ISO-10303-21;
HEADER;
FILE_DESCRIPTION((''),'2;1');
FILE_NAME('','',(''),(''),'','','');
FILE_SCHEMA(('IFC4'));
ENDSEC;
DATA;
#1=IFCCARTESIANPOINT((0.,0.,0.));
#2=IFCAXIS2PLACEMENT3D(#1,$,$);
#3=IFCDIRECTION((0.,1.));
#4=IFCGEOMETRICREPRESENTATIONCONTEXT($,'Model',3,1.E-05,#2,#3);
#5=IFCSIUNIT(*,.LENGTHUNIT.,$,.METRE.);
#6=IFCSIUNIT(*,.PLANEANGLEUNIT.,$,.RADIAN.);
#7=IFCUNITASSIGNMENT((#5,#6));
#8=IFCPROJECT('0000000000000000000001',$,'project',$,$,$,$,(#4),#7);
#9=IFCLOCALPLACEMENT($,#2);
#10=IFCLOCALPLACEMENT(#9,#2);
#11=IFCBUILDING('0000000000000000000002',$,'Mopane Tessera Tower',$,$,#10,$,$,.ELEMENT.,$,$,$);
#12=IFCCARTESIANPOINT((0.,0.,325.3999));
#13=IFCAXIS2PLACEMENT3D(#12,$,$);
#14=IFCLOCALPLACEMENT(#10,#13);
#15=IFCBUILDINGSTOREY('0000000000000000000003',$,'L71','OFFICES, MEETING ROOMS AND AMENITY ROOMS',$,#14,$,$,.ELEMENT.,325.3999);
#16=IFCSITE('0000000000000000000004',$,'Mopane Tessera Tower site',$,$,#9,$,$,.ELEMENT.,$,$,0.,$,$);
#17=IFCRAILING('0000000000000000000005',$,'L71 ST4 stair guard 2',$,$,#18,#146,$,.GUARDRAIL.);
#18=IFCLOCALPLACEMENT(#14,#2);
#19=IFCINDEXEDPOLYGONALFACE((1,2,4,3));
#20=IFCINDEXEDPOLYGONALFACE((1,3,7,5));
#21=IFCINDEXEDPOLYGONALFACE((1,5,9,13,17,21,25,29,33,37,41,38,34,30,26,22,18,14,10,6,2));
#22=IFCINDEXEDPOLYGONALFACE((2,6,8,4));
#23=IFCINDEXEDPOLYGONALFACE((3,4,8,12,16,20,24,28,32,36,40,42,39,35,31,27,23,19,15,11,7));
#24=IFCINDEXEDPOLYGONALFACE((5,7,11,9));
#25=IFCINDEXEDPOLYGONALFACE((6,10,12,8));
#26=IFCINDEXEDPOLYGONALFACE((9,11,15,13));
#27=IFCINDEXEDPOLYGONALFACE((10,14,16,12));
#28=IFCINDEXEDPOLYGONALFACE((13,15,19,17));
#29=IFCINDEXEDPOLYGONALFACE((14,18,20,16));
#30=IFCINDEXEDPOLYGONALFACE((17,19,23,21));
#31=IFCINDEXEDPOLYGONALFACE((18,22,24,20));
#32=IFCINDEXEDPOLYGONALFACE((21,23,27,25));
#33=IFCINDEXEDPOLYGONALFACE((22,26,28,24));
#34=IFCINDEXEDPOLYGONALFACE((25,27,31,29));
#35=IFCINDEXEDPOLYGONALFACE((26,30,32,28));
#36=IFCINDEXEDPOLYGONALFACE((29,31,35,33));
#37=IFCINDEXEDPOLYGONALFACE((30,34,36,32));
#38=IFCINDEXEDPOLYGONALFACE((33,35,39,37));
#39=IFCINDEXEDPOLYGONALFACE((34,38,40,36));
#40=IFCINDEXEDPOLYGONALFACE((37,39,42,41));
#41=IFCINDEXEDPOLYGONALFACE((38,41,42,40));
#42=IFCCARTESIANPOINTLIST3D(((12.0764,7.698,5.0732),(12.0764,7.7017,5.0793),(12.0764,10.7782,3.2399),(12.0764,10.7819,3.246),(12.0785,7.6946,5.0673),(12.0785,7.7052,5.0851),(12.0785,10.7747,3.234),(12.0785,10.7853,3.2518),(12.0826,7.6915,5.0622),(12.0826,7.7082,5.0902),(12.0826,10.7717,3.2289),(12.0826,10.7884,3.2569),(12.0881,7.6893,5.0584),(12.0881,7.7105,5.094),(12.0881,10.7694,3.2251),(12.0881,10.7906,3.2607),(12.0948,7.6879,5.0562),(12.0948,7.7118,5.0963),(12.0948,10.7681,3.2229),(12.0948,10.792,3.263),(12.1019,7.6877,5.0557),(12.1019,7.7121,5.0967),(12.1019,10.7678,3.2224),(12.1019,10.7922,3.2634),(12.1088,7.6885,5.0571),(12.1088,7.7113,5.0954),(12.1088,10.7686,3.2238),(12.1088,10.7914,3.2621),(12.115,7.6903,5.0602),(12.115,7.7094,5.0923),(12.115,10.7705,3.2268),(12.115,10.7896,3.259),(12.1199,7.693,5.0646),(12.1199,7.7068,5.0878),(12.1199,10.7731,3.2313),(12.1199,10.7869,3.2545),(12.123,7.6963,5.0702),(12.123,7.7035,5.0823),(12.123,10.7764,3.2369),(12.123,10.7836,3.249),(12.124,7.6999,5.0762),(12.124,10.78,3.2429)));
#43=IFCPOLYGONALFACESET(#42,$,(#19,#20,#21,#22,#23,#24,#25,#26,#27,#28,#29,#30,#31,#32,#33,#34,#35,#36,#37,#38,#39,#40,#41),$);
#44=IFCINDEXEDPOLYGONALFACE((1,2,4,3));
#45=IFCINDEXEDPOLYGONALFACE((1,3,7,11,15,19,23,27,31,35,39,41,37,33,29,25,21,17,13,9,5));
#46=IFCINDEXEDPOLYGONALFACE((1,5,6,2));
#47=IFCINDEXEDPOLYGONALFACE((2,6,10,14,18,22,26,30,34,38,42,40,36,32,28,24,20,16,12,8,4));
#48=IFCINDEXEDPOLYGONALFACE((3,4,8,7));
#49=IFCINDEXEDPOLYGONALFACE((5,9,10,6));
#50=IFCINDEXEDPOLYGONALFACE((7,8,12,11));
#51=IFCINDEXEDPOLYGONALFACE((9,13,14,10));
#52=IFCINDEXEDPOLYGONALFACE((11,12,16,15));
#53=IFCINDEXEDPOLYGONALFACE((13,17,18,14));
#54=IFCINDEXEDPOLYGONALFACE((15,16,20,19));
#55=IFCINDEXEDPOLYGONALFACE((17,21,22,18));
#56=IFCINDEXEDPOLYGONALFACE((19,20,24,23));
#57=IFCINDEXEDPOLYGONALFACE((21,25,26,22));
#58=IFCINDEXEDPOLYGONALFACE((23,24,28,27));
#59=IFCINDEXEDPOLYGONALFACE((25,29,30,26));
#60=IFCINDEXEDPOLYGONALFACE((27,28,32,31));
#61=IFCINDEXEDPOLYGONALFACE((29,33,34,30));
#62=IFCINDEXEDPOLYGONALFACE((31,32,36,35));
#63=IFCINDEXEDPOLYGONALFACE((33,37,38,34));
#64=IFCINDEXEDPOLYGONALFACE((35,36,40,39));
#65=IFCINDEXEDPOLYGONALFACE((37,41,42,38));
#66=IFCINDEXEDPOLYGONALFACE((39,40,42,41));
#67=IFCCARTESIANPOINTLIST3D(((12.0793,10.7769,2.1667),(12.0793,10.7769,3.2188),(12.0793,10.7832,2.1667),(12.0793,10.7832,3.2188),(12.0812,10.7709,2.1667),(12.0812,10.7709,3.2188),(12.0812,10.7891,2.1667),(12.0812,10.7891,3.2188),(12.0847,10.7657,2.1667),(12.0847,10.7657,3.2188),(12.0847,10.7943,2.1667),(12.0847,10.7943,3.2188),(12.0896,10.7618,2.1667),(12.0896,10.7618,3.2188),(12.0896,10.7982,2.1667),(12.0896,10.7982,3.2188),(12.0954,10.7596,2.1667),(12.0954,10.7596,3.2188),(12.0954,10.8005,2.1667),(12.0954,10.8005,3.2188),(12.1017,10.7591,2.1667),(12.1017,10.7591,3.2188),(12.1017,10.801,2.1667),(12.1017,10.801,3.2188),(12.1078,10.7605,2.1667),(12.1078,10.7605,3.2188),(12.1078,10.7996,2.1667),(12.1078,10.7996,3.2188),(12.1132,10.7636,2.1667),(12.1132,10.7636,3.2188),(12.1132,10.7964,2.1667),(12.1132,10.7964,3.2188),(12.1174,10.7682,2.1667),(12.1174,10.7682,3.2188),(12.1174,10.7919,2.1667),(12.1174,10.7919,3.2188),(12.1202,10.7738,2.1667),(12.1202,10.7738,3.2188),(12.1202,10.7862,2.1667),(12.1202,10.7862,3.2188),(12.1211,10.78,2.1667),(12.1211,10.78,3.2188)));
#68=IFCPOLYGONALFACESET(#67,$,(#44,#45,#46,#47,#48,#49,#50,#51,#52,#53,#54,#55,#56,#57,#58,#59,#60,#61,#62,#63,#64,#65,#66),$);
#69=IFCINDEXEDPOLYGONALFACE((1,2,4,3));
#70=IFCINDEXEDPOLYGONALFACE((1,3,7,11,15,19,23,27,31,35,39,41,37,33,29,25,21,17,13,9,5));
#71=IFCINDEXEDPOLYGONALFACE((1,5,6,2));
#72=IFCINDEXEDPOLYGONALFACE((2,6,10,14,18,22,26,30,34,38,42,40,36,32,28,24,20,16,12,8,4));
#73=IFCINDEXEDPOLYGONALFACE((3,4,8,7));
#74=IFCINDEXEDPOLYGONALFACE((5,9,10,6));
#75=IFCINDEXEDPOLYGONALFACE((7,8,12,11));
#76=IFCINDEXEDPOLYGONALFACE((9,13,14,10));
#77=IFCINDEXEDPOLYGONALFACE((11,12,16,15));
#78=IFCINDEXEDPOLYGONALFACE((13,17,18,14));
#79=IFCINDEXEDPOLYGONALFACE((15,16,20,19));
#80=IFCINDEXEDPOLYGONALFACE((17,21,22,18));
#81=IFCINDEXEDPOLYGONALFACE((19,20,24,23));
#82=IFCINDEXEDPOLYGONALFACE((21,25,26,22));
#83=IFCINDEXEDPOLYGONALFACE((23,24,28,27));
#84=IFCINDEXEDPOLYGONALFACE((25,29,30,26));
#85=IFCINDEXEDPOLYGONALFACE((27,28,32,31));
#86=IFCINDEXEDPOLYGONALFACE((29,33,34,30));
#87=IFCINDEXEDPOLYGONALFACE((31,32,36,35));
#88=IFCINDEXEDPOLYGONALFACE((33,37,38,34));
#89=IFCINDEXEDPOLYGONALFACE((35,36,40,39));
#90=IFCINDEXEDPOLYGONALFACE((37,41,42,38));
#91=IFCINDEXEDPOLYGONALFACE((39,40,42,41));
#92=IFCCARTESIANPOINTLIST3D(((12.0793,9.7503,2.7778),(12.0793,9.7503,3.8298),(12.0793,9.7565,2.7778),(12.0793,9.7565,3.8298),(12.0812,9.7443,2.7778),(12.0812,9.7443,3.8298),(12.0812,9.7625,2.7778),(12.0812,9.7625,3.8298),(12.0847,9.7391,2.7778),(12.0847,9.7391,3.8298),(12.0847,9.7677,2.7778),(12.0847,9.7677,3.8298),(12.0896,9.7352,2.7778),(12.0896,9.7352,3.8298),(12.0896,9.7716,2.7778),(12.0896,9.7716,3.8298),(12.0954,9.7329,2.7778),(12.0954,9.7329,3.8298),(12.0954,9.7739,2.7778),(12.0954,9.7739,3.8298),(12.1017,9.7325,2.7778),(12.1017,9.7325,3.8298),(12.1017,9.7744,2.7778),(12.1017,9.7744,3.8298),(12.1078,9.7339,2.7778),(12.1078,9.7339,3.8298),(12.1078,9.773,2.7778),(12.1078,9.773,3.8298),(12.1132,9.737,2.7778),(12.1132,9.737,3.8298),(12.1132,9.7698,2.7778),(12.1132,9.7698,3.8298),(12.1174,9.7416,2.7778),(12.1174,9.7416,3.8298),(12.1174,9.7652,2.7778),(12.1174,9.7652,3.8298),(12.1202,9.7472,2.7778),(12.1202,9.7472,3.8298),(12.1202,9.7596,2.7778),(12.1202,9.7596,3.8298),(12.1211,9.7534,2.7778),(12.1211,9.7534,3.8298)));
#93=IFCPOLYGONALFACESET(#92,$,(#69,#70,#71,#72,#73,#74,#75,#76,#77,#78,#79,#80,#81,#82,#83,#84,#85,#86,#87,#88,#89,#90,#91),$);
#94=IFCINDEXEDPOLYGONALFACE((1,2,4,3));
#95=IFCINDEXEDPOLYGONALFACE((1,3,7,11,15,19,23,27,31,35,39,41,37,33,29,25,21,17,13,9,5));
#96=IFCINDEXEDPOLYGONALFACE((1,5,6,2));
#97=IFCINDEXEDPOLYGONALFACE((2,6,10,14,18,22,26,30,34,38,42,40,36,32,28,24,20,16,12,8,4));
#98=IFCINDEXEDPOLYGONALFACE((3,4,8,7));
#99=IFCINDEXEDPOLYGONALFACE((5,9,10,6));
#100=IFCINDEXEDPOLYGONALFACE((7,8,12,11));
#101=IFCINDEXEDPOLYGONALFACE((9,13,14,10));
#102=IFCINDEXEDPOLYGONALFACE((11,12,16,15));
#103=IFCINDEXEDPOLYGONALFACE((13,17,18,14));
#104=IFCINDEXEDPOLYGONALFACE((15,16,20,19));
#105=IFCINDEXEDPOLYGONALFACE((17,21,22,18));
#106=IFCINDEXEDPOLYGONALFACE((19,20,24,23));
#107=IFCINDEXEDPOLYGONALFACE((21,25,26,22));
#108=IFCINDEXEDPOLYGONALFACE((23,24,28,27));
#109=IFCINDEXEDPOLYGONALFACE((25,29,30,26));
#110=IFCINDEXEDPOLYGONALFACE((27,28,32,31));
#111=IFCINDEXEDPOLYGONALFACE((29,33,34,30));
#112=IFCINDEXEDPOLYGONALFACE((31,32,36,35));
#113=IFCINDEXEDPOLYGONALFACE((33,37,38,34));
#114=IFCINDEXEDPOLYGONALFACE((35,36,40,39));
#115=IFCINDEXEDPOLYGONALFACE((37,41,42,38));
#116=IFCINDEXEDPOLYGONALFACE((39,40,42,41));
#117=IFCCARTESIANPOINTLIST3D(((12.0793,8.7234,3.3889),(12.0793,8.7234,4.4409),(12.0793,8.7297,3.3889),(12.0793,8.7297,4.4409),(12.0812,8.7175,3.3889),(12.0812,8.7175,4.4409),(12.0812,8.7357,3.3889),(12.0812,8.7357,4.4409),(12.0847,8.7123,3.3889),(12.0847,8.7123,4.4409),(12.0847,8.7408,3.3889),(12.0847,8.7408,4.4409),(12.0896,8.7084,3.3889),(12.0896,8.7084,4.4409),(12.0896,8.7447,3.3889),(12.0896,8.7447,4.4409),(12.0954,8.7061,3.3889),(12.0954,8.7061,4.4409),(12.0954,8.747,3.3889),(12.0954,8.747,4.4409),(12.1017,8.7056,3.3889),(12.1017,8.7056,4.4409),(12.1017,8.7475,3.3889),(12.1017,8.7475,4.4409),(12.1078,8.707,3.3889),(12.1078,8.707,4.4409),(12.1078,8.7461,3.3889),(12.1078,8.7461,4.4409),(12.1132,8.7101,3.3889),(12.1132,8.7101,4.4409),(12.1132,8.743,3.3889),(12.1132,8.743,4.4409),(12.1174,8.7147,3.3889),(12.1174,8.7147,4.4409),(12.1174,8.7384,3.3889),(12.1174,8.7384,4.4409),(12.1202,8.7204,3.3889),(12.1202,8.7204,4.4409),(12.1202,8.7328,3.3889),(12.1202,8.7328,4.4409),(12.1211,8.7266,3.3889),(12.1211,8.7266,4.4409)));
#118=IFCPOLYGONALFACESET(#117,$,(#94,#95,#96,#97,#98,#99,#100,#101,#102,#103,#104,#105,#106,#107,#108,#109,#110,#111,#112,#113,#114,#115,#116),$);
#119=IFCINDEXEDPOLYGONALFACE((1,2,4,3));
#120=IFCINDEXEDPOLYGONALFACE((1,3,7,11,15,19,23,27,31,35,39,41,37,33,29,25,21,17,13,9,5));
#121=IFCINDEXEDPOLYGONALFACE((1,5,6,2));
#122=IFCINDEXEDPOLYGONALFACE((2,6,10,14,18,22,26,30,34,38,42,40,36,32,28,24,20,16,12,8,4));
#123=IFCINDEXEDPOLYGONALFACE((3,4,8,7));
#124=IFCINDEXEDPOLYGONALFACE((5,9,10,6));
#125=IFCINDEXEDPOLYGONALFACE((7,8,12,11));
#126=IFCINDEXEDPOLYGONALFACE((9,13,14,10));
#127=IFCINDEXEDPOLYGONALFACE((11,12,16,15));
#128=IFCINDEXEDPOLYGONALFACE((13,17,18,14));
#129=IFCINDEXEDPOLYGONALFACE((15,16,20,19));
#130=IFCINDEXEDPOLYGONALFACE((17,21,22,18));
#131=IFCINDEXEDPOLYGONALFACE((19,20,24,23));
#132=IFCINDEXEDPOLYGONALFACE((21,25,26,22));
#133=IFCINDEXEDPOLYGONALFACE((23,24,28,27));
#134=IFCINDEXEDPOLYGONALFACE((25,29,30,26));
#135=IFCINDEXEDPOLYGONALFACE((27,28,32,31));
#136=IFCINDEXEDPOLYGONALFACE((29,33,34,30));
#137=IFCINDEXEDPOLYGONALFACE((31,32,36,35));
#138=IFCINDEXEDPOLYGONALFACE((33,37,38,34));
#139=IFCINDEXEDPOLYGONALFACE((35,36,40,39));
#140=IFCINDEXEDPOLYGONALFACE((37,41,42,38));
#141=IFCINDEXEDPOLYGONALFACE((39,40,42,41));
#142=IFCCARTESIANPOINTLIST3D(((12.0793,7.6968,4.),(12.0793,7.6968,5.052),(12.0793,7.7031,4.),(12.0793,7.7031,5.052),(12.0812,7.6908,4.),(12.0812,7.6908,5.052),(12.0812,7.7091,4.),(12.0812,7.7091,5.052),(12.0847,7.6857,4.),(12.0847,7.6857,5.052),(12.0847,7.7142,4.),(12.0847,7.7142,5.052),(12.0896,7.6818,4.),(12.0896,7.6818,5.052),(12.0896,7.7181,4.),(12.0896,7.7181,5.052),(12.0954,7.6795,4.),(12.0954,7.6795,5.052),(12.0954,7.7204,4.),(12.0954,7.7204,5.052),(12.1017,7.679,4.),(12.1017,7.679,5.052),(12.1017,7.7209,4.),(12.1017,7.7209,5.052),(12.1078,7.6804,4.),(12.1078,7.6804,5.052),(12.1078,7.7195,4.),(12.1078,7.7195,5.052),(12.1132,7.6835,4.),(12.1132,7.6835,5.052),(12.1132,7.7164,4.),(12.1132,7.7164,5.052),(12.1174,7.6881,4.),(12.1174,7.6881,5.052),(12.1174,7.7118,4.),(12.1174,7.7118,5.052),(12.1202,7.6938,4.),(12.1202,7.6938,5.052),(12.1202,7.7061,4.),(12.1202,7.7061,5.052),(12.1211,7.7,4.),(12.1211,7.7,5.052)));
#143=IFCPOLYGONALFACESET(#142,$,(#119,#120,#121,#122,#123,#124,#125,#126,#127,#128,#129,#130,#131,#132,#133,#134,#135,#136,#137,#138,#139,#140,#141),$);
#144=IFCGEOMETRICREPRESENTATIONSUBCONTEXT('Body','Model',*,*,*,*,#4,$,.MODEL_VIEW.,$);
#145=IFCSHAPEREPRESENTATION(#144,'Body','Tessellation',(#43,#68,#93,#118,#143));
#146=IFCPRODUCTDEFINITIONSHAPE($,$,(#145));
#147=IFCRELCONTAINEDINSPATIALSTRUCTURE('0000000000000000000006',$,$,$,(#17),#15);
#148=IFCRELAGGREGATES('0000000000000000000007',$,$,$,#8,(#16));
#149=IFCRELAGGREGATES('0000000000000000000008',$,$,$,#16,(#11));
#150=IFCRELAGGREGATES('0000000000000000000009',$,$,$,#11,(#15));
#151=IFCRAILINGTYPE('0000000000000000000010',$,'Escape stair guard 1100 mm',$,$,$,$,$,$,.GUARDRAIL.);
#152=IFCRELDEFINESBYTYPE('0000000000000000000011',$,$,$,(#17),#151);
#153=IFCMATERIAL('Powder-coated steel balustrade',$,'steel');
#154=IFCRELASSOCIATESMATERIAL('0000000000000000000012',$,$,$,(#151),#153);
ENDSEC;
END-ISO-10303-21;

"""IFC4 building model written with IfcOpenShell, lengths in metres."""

from ifc_helpers import new_model, si_unit, direction, frame, origin, origin_2d, place, context, subcontext, project, spatial, circle, extrude, material, type_object, element, save


model = new_model("IFC4")

# Units and contexts
model_context = context("Model", 3, precision=1e-05, world=origin(), true_north=direction((0.0, 1.0)))
body_context = subcontext(model_context, "Body", "Model", "MODEL_VIEW")
ifc_project = project(units=[si_unit("LENGTHUNIT", "METRE"), si_unit("PLANEANGLEUNIT", "RADIAN")], contexts=[model_context])

# Site, building, storey
site_placement = place(None, origin())
site = spatial("IfcSite", under=ifc_project, at=site_placement, Name="Mopane Tessera Tower site", CompositionType="ELEMENT", RefElevation=0.0)
building_placement = place(site_placement, origin())
building = spatial("IfcBuilding", under=site, at=building_placement, Name="Mopane Tessera Tower", CompositionType="ELEMENT")
storey_placement = place(building_placement, frame((0.0, 0.0, 325.3999)))
storey = spatial("IfcBuildingStorey", under=building, at=storey_placement, Name="L71", Description="OFFICES, MEETING ROOMS AND AMENITY ROOMS", CompositionType="ELEMENT", Elevation=325.3999)

# Railing
ifc_material_1 = material(Name="Powder-coated steel balustrade", Category="steel")
railing_type_1 = type_object("IfcRailingType", Name="Escape stair guard 1100 mm", PredefinedType="GUARDRAIL", material=ifc_material_1)
railing_1_placement = place(storey_placement, frame((12.1001, 10.78, 2.1667)))
element("IfcRailing", 1, at=railing_1_placement, inside=storey, type_object=railing_type_1, Name="L71 ST4 stair guard 2", PredefinedType="GUARDRAIL", context=body_context, shape_type="SweptSolid", body=[
    extrude(circle(Radius=0.0239, at=origin_2d()), frame((0.0, 0.0, 1.0762), z_axis=(0.0, -0.859309, 0.511458), x_axis=(1.0, 0.0, 0.0)), (0.0, 0.0, 1.0), 3.5845),
    extrude(circle(Radius=0.021, at=origin_2d()), origin(), (0.0, 0.0, 1.0), 1.052),
    extrude(circle(Radius=0.021, at=origin_2d()), frame((0.0, -1.0266, 0.6111)), (0.0, 0.0, 1.0), 1.052),
    extrude(circle(Radius=0.021, at=origin_2d()), frame((0.0, -2.0535, 1.2222)), (0.0, 0.0, 1.0), 1.052),
    extrude(circle(Radius=0.021, at=origin_2d()), frame((0.0, -3.0801, 1.8333)), (0.0, 0.0, 1.0), 1.052),
])

save(model, "model.ifc")
